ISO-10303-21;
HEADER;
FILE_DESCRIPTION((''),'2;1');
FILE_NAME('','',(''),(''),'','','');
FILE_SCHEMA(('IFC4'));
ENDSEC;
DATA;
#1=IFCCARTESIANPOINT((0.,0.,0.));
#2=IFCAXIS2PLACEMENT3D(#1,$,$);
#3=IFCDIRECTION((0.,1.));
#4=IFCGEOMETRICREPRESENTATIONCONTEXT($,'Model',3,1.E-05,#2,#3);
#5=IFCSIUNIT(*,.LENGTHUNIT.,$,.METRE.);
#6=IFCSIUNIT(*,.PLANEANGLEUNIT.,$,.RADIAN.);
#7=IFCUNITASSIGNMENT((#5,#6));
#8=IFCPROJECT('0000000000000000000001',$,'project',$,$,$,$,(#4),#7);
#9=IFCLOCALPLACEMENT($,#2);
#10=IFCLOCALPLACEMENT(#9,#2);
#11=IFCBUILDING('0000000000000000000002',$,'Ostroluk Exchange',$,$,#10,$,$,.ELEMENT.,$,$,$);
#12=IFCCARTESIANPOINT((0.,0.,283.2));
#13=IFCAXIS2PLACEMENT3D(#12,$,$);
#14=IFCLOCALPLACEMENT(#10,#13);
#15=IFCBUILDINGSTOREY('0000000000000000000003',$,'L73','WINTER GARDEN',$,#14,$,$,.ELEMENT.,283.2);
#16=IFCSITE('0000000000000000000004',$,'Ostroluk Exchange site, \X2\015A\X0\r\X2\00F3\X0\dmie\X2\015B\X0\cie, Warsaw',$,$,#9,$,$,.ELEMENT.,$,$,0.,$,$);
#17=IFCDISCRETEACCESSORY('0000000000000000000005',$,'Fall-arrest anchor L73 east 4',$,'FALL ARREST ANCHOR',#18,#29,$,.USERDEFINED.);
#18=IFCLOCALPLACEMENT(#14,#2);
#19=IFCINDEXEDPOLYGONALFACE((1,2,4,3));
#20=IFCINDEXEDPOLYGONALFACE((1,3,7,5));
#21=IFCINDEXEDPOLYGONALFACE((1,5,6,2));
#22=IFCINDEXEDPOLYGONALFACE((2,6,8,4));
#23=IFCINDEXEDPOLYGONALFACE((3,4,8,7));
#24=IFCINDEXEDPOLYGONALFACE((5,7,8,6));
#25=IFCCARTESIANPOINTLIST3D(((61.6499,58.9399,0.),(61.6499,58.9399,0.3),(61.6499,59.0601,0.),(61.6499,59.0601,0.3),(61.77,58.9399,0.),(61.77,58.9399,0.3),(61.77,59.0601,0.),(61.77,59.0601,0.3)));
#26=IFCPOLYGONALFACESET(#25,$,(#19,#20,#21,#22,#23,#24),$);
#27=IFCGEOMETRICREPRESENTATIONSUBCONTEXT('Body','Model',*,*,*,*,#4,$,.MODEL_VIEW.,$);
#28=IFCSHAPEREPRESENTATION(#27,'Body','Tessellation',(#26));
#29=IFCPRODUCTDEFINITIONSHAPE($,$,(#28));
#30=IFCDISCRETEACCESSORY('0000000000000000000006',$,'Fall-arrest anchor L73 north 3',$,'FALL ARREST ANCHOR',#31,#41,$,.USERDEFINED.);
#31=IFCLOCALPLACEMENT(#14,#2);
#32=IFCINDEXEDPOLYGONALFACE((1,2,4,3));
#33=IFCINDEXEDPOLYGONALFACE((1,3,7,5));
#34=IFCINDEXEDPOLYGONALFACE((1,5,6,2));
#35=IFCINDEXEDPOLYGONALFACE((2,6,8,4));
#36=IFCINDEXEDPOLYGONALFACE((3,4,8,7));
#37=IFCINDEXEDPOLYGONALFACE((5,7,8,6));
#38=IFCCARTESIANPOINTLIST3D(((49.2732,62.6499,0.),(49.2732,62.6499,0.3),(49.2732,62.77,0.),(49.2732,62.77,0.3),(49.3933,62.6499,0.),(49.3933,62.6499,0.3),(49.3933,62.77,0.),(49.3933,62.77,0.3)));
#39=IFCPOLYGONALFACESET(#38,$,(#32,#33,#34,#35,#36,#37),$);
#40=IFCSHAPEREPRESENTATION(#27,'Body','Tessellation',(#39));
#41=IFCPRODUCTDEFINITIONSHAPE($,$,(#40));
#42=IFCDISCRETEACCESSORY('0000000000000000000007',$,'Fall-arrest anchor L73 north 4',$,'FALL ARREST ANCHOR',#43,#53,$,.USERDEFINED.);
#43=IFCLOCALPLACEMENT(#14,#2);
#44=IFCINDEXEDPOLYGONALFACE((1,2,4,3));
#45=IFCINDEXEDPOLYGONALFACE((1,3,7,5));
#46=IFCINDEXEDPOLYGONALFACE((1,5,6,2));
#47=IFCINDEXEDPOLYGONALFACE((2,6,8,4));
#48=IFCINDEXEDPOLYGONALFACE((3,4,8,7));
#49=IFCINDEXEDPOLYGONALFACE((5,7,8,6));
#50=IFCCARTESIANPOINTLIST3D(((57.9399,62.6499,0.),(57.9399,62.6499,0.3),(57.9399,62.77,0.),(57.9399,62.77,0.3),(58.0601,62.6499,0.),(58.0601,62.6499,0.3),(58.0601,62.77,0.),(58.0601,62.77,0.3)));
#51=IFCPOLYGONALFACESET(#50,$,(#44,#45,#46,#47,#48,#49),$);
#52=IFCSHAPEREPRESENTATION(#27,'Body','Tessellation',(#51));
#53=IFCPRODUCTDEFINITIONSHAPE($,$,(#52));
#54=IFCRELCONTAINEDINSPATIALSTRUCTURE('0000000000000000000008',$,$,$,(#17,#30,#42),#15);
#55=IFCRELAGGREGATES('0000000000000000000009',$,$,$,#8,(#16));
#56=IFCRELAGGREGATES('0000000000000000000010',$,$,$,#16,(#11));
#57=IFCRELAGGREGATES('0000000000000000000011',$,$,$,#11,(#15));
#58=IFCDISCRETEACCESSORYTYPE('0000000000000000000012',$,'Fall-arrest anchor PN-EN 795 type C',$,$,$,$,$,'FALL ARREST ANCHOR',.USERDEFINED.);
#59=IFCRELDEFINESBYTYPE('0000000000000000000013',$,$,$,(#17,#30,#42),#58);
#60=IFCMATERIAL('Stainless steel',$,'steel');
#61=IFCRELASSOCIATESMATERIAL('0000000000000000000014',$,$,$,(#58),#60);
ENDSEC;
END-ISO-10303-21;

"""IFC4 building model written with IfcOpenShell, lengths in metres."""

from ifc_helpers import new_model, si_unit, direction, frame, origin, origin_2d, place, context, subcontext, project, spatial, rectangle, extrude, material, type_object, element, save


model = new_model("IFC4")

# Units and contexts
model_context = context("Model", 3, precision=1e-05, world=origin(), true_north=direction((0.0, 1.0)))
body_context = subcontext(model_context, "Body", "Model", "MODEL_VIEW")
ifc_project = project(units=[si_unit("LENGTHUNIT", "METRE"), si_unit("PLANEANGLEUNIT", "RADIAN")], contexts=[model_context])

# Site, building, storey
site_placement = place(None, origin())
site = spatial("IfcSite", under=ifc_project, at=site_placement, Name="Ostroluk Exchange site, Śródmieście, Warsaw", CompositionType="ELEMENT", RefElevation=0.0)
building_placement = place(site_placement, origin())
building = spatial("IfcBuilding", under=site, at=building_placement, Name="Ostroluk Exchange", CompositionType="ELEMENT")
storey_placement = place(building_placement, frame((0.0, 0.0, 283.2)))
storey = spatial("IfcBuildingStorey", under=building, at=storey_placement, Name="L73", Description="WINTER GARDEN", CompositionType="ELEMENT", Elevation=283.2)

# Discrete accessories
ifc_material_1 = material(Name="Stainless steel", Category="steel")
discrete_accessory_type = type_object("IfcDiscreteAccessoryType", Name="Fall-arrest anchor PN-EN 795 type C", ElementType="FALL ARREST ANCHOR", PredefinedType="USERDEFINED", material=ifc_material_1)
for number, where, z_axis, x_axis, name in (
    (1, (61.71, 59.0, 0.0), (0.0, 0.0, 1.0), (1.0, 0.0, 0.0), "Fall-arrest anchor L73 east 4"),
    (2, (49.3333, 62.71, 0.0), (0.0, 0.0, 1.0), (1.0, 0.0, 0.0), "Fall-arrest anchor L73 north 3"),
    (3, (58.0, 62.71, 0.0), (0.0, 0.0, 1.0), (1.0, 0.0, 0.0), "Fall-arrest anchor L73 north 4"),
):
    element("IfcDiscreteAccessory", number, at=place(storey_placement, frame(where, z_axis=z_axis, x_axis=x_axis)), inside=storey, type_object=discrete_accessory_type, Name=name, ObjectType="FALL ARREST ANCHOR", PredefinedType="USERDEFINED", context=body_context, shape_type="SweptSolid", body=[
        extrude(rectangle(XDim=0.1201, YDim=0.1201, at=origin_2d()), origin(), (0.0, 0.0, 1.0), 0.3),
    ])

save(model, "model.ifc")
